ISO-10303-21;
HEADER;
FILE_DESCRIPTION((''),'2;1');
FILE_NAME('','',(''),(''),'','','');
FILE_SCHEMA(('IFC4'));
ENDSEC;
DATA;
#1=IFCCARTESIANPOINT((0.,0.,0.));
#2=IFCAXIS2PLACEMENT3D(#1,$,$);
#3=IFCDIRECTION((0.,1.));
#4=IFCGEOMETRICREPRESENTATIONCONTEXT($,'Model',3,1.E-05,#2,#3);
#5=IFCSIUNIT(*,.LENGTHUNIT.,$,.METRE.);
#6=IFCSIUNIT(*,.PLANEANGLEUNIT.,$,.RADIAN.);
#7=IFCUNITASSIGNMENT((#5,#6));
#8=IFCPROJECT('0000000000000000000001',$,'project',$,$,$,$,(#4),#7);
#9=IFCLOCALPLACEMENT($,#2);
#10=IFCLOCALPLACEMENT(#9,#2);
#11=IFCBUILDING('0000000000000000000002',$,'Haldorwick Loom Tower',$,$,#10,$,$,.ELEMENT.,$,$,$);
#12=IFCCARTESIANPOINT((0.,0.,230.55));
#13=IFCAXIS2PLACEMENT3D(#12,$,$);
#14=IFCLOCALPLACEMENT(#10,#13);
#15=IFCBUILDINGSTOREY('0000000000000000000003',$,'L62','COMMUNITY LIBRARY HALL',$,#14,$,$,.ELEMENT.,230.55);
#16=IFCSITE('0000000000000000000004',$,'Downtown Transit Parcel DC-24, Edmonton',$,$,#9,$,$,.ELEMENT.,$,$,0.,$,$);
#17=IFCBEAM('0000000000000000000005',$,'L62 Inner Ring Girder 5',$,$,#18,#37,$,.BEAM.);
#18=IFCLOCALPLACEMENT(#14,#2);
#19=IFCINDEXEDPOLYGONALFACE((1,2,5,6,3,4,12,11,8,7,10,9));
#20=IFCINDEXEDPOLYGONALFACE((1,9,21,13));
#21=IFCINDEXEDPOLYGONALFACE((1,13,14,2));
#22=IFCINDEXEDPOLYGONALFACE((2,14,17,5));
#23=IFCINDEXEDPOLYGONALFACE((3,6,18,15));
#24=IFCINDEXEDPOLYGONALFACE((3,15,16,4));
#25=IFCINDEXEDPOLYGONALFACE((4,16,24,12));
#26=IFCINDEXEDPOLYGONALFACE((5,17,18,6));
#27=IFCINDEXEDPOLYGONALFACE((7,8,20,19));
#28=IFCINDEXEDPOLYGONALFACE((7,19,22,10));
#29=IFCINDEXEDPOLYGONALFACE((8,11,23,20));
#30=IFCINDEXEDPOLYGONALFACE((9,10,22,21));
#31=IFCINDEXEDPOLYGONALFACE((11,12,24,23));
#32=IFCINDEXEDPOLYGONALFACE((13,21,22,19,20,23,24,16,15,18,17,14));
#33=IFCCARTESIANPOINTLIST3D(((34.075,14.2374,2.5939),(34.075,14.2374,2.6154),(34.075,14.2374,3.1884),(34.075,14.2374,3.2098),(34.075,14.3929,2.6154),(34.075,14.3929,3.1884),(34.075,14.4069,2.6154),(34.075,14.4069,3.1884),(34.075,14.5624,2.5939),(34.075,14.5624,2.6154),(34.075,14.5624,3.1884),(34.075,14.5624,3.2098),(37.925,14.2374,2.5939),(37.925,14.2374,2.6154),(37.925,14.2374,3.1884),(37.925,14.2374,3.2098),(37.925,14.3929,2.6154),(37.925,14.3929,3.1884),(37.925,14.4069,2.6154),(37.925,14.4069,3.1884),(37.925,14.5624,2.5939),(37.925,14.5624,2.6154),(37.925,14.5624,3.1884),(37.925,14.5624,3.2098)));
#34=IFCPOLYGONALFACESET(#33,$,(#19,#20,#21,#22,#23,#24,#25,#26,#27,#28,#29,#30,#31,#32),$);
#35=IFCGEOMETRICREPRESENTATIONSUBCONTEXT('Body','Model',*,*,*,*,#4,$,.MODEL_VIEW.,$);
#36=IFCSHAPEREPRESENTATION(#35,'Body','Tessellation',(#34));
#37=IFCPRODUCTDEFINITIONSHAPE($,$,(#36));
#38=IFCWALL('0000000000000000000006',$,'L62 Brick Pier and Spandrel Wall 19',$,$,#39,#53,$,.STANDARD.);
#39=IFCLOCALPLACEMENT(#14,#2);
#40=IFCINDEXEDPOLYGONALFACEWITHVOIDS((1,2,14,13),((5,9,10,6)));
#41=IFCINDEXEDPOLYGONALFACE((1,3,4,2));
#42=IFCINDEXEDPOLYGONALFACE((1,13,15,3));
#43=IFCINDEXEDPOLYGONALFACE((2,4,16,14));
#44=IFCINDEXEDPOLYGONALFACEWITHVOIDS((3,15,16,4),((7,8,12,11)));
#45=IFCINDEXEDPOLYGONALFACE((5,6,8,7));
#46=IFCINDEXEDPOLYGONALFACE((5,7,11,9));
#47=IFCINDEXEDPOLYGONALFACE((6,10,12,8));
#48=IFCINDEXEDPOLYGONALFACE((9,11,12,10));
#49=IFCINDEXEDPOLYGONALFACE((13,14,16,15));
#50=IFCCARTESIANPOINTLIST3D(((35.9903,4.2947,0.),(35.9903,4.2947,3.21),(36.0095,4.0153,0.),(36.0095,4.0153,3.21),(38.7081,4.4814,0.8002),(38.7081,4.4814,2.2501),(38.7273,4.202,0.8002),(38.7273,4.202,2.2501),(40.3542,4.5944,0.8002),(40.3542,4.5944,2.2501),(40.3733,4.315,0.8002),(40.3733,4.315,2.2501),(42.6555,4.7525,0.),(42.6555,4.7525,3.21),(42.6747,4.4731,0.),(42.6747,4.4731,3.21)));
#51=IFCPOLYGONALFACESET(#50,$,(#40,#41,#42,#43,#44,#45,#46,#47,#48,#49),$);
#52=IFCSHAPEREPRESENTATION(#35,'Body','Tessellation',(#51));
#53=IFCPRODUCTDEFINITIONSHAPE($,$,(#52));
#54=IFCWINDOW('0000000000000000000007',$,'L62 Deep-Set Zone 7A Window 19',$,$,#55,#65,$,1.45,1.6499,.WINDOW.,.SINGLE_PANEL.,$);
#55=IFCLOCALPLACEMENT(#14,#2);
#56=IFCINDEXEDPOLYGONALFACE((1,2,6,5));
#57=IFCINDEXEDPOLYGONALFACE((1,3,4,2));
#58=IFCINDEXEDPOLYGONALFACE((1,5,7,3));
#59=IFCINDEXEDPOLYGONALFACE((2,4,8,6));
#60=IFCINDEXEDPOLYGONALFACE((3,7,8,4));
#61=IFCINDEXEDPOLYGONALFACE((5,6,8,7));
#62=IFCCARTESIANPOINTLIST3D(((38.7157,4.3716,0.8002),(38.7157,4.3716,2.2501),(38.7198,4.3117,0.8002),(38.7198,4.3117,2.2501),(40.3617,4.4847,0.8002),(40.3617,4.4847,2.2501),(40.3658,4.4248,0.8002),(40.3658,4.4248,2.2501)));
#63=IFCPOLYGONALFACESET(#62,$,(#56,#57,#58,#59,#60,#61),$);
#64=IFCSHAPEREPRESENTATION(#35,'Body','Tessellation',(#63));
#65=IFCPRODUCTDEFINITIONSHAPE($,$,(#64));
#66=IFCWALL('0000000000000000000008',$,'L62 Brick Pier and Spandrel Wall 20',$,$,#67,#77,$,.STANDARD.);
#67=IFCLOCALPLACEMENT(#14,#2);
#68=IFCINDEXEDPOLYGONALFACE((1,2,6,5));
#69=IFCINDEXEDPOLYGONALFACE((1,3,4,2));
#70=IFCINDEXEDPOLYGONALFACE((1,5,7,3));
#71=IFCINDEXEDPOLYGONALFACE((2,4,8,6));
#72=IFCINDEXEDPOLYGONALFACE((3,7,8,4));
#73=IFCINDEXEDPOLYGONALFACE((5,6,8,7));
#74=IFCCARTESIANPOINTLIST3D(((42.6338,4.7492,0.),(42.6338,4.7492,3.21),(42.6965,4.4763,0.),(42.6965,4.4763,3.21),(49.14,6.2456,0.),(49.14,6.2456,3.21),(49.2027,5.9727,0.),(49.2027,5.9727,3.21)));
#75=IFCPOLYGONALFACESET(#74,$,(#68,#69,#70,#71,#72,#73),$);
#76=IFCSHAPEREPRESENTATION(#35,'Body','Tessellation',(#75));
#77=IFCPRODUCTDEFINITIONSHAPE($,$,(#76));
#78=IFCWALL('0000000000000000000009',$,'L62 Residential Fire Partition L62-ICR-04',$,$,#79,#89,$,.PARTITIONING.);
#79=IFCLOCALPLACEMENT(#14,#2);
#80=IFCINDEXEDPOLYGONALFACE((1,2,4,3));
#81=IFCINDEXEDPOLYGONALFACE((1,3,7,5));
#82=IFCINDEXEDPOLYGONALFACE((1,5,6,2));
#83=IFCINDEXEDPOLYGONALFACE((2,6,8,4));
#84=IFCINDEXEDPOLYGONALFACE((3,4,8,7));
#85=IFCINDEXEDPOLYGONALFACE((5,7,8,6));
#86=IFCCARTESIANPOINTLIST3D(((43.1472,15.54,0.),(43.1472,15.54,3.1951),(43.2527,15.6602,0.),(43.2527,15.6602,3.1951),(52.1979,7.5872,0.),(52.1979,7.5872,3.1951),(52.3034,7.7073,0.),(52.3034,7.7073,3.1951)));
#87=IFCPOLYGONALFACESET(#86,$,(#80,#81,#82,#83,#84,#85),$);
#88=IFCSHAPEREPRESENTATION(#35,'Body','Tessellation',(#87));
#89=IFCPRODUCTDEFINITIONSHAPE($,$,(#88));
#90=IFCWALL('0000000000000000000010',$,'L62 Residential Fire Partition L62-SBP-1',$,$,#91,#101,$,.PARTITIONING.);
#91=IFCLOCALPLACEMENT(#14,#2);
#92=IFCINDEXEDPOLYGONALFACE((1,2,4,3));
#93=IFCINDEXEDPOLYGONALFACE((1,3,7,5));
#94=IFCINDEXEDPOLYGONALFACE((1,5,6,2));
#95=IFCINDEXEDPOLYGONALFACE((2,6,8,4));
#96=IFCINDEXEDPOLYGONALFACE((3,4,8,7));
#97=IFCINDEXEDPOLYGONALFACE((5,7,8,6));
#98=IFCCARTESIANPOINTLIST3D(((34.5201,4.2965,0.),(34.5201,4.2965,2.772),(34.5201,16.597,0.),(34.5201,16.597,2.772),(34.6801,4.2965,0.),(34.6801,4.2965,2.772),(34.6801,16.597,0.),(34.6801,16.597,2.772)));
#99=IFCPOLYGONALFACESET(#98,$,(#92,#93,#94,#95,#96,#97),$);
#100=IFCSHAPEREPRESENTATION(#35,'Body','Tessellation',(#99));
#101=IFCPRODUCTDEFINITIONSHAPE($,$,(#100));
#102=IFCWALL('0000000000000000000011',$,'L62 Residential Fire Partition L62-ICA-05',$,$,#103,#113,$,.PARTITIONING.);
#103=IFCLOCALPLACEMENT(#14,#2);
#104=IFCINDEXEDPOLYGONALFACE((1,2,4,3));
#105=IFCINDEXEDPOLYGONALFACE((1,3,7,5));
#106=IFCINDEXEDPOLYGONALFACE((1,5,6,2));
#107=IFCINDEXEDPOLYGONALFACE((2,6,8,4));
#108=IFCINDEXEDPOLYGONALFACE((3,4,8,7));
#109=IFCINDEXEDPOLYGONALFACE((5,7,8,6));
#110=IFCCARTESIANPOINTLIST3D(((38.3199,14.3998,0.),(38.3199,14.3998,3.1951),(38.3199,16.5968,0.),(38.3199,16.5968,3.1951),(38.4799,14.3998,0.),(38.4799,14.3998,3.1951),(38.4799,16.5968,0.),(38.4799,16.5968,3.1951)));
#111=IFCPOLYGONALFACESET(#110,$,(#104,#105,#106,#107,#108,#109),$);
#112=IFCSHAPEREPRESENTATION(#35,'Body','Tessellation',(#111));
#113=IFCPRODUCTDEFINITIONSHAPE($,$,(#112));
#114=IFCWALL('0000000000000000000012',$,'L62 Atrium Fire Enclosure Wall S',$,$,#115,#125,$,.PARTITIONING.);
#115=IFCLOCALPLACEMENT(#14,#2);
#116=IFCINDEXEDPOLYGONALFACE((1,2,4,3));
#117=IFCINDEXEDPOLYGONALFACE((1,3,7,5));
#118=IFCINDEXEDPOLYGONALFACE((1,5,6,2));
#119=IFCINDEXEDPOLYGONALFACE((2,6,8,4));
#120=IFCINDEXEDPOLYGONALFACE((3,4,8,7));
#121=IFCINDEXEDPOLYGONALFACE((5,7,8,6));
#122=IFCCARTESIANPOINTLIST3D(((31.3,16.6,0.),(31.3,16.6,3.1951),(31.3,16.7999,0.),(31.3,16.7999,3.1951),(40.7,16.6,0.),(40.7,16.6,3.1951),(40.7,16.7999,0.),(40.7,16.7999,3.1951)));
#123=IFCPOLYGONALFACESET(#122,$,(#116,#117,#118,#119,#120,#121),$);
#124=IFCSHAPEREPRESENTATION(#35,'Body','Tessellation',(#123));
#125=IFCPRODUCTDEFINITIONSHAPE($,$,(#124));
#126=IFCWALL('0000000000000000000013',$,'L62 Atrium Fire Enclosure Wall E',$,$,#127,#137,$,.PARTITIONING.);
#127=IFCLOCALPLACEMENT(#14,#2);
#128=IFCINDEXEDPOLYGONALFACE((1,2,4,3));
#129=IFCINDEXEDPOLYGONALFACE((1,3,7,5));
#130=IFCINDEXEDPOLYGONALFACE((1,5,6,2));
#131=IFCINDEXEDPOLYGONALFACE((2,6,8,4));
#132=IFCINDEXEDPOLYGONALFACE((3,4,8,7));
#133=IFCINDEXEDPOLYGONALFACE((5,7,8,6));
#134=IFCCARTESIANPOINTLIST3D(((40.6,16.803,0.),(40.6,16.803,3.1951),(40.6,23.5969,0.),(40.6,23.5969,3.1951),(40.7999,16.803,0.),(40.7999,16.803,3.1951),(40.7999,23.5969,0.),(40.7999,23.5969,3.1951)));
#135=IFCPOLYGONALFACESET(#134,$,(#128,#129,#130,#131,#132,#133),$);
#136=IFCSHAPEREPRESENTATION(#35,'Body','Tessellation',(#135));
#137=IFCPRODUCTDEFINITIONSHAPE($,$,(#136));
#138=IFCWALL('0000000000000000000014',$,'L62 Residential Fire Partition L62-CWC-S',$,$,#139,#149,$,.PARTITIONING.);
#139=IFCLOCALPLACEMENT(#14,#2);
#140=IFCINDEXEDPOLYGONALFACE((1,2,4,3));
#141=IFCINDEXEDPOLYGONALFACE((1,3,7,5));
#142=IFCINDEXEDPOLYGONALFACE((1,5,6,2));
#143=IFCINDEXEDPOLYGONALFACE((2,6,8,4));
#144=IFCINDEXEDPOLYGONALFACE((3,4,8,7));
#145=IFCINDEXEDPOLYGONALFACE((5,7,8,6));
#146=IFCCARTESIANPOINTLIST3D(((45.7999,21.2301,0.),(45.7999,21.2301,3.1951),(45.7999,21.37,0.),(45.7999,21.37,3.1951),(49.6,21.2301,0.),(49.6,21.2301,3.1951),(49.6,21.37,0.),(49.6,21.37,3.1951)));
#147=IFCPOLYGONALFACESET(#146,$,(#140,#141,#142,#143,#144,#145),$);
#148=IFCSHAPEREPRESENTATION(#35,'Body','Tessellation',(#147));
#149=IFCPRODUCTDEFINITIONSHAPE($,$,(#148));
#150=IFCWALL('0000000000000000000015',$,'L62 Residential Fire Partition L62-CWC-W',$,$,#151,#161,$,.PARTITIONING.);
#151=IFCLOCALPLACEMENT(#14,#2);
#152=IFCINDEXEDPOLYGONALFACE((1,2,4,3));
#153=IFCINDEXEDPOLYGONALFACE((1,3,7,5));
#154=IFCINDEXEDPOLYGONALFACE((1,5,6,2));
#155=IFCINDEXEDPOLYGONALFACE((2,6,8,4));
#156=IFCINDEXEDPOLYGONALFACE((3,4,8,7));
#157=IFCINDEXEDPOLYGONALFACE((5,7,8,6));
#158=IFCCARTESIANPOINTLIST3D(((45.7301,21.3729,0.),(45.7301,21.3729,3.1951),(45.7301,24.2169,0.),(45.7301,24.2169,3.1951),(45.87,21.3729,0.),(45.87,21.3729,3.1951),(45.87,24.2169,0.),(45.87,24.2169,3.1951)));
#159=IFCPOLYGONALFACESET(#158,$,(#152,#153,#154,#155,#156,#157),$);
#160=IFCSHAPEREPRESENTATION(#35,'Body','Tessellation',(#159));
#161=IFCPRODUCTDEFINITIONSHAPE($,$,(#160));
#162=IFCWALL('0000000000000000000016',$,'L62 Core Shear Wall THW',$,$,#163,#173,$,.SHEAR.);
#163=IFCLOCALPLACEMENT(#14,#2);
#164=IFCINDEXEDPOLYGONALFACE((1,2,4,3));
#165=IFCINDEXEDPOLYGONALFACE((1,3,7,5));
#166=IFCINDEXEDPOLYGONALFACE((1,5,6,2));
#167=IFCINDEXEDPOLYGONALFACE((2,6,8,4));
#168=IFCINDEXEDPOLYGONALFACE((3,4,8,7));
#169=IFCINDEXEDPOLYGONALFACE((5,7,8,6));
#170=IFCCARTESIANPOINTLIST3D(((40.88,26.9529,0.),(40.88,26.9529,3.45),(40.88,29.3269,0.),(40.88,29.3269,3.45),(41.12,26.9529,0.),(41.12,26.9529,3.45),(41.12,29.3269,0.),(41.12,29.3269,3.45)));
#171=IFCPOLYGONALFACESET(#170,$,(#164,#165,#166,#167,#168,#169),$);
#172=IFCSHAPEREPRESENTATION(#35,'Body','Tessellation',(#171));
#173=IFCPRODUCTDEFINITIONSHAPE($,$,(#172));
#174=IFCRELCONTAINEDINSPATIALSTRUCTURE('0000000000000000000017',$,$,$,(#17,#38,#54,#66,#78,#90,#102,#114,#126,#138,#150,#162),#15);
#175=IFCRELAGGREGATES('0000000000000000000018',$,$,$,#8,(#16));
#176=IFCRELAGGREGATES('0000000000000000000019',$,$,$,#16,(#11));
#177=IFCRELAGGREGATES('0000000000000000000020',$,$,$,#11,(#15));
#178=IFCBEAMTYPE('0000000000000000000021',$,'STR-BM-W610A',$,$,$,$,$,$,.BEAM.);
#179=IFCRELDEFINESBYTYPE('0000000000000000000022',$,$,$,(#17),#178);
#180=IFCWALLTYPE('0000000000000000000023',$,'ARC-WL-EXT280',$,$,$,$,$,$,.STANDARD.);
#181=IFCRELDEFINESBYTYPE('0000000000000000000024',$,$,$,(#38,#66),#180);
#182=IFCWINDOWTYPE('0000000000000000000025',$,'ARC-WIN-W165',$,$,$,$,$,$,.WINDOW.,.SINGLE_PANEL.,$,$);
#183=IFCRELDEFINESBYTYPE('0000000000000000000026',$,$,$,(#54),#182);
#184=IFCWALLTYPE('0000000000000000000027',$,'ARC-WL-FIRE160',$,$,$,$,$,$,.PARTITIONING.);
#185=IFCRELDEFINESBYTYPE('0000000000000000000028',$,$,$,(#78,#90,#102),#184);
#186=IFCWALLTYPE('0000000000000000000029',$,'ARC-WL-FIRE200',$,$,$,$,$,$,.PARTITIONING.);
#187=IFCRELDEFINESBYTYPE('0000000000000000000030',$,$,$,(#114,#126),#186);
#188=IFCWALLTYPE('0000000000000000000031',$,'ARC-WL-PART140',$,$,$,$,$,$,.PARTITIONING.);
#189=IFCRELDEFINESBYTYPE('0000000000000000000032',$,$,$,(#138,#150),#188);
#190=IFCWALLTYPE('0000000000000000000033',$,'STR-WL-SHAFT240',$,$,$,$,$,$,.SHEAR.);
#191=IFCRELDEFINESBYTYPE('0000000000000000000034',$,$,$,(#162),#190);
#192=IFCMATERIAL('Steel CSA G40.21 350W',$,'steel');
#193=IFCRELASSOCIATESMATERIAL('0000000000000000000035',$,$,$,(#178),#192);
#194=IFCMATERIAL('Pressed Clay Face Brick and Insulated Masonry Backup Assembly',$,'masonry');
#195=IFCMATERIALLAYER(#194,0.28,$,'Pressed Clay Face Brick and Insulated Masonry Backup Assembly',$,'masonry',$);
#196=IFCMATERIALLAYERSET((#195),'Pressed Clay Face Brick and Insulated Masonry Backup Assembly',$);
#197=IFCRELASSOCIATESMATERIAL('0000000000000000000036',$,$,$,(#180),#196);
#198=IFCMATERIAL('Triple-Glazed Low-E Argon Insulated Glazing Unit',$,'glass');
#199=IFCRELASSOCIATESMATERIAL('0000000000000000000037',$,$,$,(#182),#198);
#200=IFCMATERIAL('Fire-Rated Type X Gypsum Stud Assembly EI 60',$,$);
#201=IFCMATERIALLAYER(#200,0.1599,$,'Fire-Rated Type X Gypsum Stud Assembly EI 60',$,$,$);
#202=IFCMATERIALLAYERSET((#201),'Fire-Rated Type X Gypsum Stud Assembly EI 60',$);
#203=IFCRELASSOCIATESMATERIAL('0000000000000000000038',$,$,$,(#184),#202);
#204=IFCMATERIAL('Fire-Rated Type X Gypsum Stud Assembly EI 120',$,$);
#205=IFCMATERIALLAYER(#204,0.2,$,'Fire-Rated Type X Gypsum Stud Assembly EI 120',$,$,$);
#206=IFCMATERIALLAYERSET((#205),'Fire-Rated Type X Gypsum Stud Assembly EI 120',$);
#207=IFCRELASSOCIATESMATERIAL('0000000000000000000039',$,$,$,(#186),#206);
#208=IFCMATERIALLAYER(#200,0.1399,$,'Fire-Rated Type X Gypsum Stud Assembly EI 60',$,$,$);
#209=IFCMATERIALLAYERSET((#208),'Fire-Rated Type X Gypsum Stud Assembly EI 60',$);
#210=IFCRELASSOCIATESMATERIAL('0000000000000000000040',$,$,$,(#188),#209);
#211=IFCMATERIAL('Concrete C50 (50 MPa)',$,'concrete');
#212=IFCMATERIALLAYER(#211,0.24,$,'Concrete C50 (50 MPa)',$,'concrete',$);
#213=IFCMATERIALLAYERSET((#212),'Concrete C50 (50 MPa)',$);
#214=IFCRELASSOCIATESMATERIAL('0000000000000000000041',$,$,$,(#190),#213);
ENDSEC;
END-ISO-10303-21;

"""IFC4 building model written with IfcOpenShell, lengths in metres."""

from ifc_helpers import new_model, si_unit, direction, frame, frame_2d, origin, origin_2d, place, context, subcontext, project, spatial, rectangle, i_section, extrude, material, layer, layer_set, material_profile, profile_set, type_object, element, fill, save


model = new_model("IFC4")

# Units and contexts
model_context = context("Model", 3, precision=1e-05, world=origin(), true_north=direction((0.0, 1.0)))
body_context = subcontext(model_context, "Body", "Model", "MODEL_VIEW")
ifc_project = project(units=[si_unit("LENGTHUNIT", "METRE"), si_unit("PLANEANGLEUNIT", "RADIAN")], contexts=[model_context])

# Site, building, storey
site_placement = place(None, origin())
site = spatial("IfcSite", under=ifc_project, at=site_placement, Name="Downtown Transit Parcel DC-24, Edmonton", CompositionType="ELEMENT", RefElevation=0.0)
building_placement = place(site_placement, origin())
building = spatial("IfcBuilding", under=site, at=building_placement, Name="Haldorwick Loom Tower", CompositionType="ELEMENT")
storey_placement = place(building_placement, frame((0.0, 0.0, 230.55)))
storey = spatial("IfcBuildingStorey", under=building, at=storey_placement, Name="L62", Description="COMMUNITY LIBRARY HALL", CompositionType="ELEMENT", Elevation=230.55)

# Shared definitions
ifc_material_1 = material(Name="Steel CSA G40.21 350W", Category="steel")

# Beam
ifc_material_2 = material(Name="Concrete C50 (50 MPa)", Category="concrete")
ifc_material_profile_1 = material_profile(ifc_material_1, i_section(OverallWidth=0.325, OverallDepth=0.616, WebThickness=0.0139, FlangeThickness=0.0215, at=origin_2d()), Name="W610X174", Category="steel")
ifc_profile_set_1 = profile_set([ifc_material_profile_1], Name="Steel CSA G40.21 350W")
beam_type_1 = type_object("IfcBeamType", Name="STR-BM-W610A", PredefinedType="BEAM", material=ifc_profile_set_1)
beam_1_placement = place(storey_placement, frame((37.925, 14.3999, 2.9019), z_axis=(-1.0, 0.0, 0.0), x_axis=(0.0, -1.0, 0.0)))
element("IfcBeam", 1, at=beam_1_placement, inside=storey, type_object=beam_type_1, Name="L62 Inner Ring Girder 5", PredefinedType="BEAM", context=body_context, shape_type="SweptSolid", body=[
    extrude(i_section(OverallWidth=0.325, OverallDepth=0.616, WebThickness=0.0139, FlangeThickness=0.0215, at=origin_2d()), origin(), (0.0, 0.0, 1.0), 3.8501),
])

# Wall, opening, window
ifc_material_3 = material(Name="Pressed Clay Face Brick and Insulated Masonry Backup Assembly", Category="masonry")
ifc_layer_1 = layer(ifc_material_3, 0.28, Name="Pressed Clay Face Brick and Insulated Masonry Backup Assembly", Category="masonry")
ifc_layer_set_1 = layer_set([ifc_layer_1], Name="Pressed Clay Face Brick and Insulated Masonry Backup Assembly")
wall_type_1 = type_object("IfcWallType", Name="ARC-WL-EXT280", PredefinedType="STANDARD", material=ifc_layer_set_1)
wall_1_placement = place(storey_placement, frame((36.0, 4.155, 0.0), z_axis=(0.0, 0.0, 1.0), x_axis=(0.99765, 0.068517, 0.0)))
wall_1 = element("IfcWall", 2, at=wall_1_placement, inside=storey, type_object=wall_type_1, Name="L62 Brick Pier and Spandrel Wall 19", PredefinedType="STANDARD", context=body_context, shape_type="SweptSolid", body=[
    extrude(rectangle(XDim=6.6809, YDim=0.28, at=frame_2d((3.3403, 0.0))), origin(), (0.0, 0.0, 1.0), 3.21),
])
opening_placement = place(wall_1_placement, frame((2.7241, 0.0, 0.8)))
opening = element("IfcOpeningElement", 3, at=opening_placement, cuts=wall_1, PredefinedType="OPENING", context=body_context, shape_type="SweptSolid", body=[
    extrude(rectangle(XDim=1.6499, YDim=1.45, at=frame_2d((0.825, 0.7251))), frame((0.0, 0.1499, 0.0), z_axis=(0.0, -1.0, 0.0), x_axis=(1.0, 0.0, 0.0)), (0.0, 0.0, 1.0), 0.3),
])
ifc_material_4 = material(Name="Triple-Glazed Low-E Argon Insulated Glazing Unit", Category="glass")
window_type = type_object("IfcWindowType", Name="ARC-WIN-W165", PartitioningType="SINGLE_PANEL", PredefinedType="WINDOW", material=ifc_material_4)
window_placement = place(opening_placement, origin())
window = element("IfcWindow", 4, at=window_placement, inside=storey, type_object=window_type, Name="L62 Deep-Set Zone 7A Window 19", OverallHeight=1.45, OverallWidth=1.6499, PartitioningType="SINGLE_PANEL", PredefinedType="WINDOW", context=body_context, shape_type="SweptSolid", body=[
    extrude(rectangle(XDim=1.6499, YDim=1.45, at=frame_2d((0.825, 0.7251))), frame((0.0, 0.03, 0.0), z_axis=(0.0, -1.0, 0.0), x_axis=(1.0, 0.0, 0.0)), (0.0, 0.0, 1.0), 0.0601),
])
fill(opening, window)

# Walls
wall_2_placement = place(storey_placement, frame((42.6653, 4.6128, 0.0), z_axis=(0.0, 0.0, 1.0), x_axis=(0.974557, 0.224138, 0.0)))
element("IfcWall", 5, at=wall_2_placement, inside=storey, type_object=wall_type_1, Name="L62 Brick Pier and Spandrel Wall 20", PredefinedType="STANDARD", context=body_context, shape_type="SweptSolid", body=[
    extrude(rectangle(XDim=6.676, YDim=0.28, at=frame_2d((3.3379, 0.0))), origin(), (0.0, 0.0, 1.0), 3.21),
])
ifc_material_5 = material(Name="Fire-Rated Type X Gypsum Stud Assembly EI 60")
ifc_layer_2 = layer(ifc_material_5, 0.1599, Name="Fire-Rated Type X Gypsum Stud Assembly EI 60")
ifc_layer_set_2 = layer_set([ifc_layer_2], Name="Fire-Rated Type X Gypsum Stud Assembly EI 60")
wall_type_2 = type_object("IfcWallType", Name="ARC-WL-FIRE160", PredefinedType="PARTITIONING", material=ifc_layer_set_2)
wall_3_placement = place(storey_placement, frame((43.2, 15.6001, 0.0), z_axis=(0.0, 0.0, 1.0), x_axis=(0.751199, -0.660075, 0.0)))
element("IfcWall", 6, at=wall_3_placement, inside=storey, type_object=wall_type_2, Name="L62 Residential Fire Partition L62-ICR-04", PredefinedType="PARTITIONING", context=body_context, shape_type="SweptSolid", body=[
    extrude(rectangle(XDim=12.0483, YDim=0.1599, at=frame_2d((6.0242, 0.0))), origin(), (0.0, 0.0, 1.0), 3.1951),
])
wall_4_placement = place(storey_placement, frame((34.6001, 4.2964, 0.0), z_axis=(0.0, 0.0, 1.0), x_axis=(0.0, 1.0, 0.0)))
element("IfcWall", 7, at=wall_4_placement, inside=storey, type_object=wall_type_2, Name="L62 Residential Fire Partition L62-SBP-1", PredefinedType="PARTITIONING", context=body_context, shape_type="SweptSolid", body=[
    extrude(rectangle(XDim=12.3005, YDim=0.1599, at=frame_2d((6.1504, 0.0))), origin(), (0.0, 0.0, 1.0), 2.772),
])
wall_5_placement = place(storey_placement, frame((38.3999, 16.5969, 0.0), z_axis=(0.0, 0.0, 1.0), x_axis=(0.0, -1.0, 0.0)))
element("IfcWall", 8, at=wall_5_placement, inside=storey, type_object=wall_type_2, Name="L62 Residential Fire Partition L62-ICA-05", PredefinedType="PARTITIONING", context=body_context, shape_type="SweptSolid", body=[
    extrude(rectangle(XDim=2.197, YDim=0.1599, at=frame_2d((1.0986, 0.0))), origin(), (0.0, 0.0, 1.0), 3.1951),
])
ifc_material_6 = material(Name="Fire-Rated Type X Gypsum Stud Assembly EI 120")
ifc_layer_3 = layer(ifc_material_6, 0.2, Name="Fire-Rated Type X Gypsum Stud Assembly EI 120")
ifc_layer_set_3 = layer_set([ifc_layer_3], Name="Fire-Rated Type X Gypsum Stud Assembly EI 120")
wall_type_3 = type_object("IfcWallType", Name="ARC-WL-FIRE200", PredefinedType="PARTITIONING", material=ifc_layer_set_3)
wall_6_placement = place(storey_placement, frame((40.7, 16.7, 0.0), z_axis=(0.0, 0.0, 1.0), x_axis=(-1.0, 0.0, 0.0)))
element("IfcWall", 9, at=wall_6_placement, inside=storey, type_object=wall_type_3, Name="L62 Atrium Fire Enclosure Wall S", PredefinedType="PARTITIONING", context=body_context, shape_type="SweptSolid", body=[
    extrude(rectangle(XDim=9.3999, YDim=0.2, at=frame_2d((4.7, 0.0))), origin(), (0.0, 0.0, 1.0), 3.1951),
])
wall_7_placement = place(storey_placement, frame((40.7, 23.5969, 0.0), z_axis=(0.0, 0.0, 1.0), x_axis=(0.0, -1.0, 0.0)))
element("IfcWall", 10, at=wall_7_placement, inside=storey, type_object=wall_type_3, Name="L62 Atrium Fire Enclosure Wall E", PredefinedType="PARTITIONING", context=body_context, shape_type="SweptSolid", body=[
    extrude(rectangle(XDim=6.7939, YDim=0.2, at=frame_2d((3.397, 0.0))), origin(), (0.0, 0.0, 1.0), 3.1951),
])
ifc_layer_4 = layer(ifc_material_5, 0.1399, Name="Fire-Rated Type X Gypsum Stud Assembly EI 60")
ifc_layer_set_4 = layer_set([ifc_layer_4], Name="Fire-Rated Type X Gypsum Stud Assembly EI 60")
wall_type_4 = type_object("IfcWallType", Name="ARC-WL-PART140", PredefinedType="PARTITIONING", material=ifc_layer_set_4)
wall_8_placement = place(storey_placement, frame((45.8, 21.3, 0.0), z_axis=(0.0, 0.0, 1.0), x_axis=(1.0, 0.0, 0.0)))
element("IfcWall", 11, at=wall_8_placement, inside=storey, type_object=wall_type_4, Name="L62 Residential Fire Partition L62-CWC-S", PredefinedType="PARTITIONING", context=body_context, shape_type="SweptSolid", body=[
    extrude(rectangle(XDim=3.8, YDim=0.1399, at=frame_2d((1.8999, 0.0))), origin(), (0.0, 0.0, 1.0), 3.1951),
])
wall_9_placement = place(storey_placement, frame((45.8, 21.373, 0.0), z_axis=(0.0, 0.0, 1.0), x_axis=(0.0, 1.0, 0.0)))
element("IfcWall", 12, at=wall_9_placement, inside=storey, type_object=wall_type_4, Name="L62 Residential Fire Partition L62-CWC-W", PredefinedType="PARTITIONING", context=body_context, shape_type="SweptSolid", body=[
    extrude(rectangle(XDim=2.844, YDim=0.1399, at=frame_2d((1.4219, 0.0))), origin(), (0.0, 0.0, 1.0), 3.1951),
])
ifc_layer_5 = layer(ifc_material_2, 0.24, Name="Concrete C50 (50 MPa)", Category="concrete")
ifc_layer_set_5 = layer_set([ifc_layer_5], Name="Concrete C50 (50 MPa)")
wall_type_5 = type_object("IfcWallType", Name="STR-WL-SHAFT240", PredefinedType="SHEAR", material=ifc_layer_set_5)
for number, where, z_axis, x_axis, name in (
    (13, (41.0, 26.9529, 0.0), (0.0, 0.0, 1.0), (0.0, 1.0, 0.0), "L62 Core Shear Wall THW"),
):
    element("IfcWall", number, at=place(storey_placement, frame(where, z_axis=z_axis, x_axis=x_axis)), inside=storey, type_object=wall_type_5, Name=name, PredefinedType="SHEAR", context=body_context, shape_type="SweptSolid", body=[
        extrude(rectangle(XDim=2.374, YDim=0.24, at=frame_2d((1.187, 0.0))), origin(), (0.0, 0.0, 1.0), 3.45),
    ])

save(model, "model.ifc")
